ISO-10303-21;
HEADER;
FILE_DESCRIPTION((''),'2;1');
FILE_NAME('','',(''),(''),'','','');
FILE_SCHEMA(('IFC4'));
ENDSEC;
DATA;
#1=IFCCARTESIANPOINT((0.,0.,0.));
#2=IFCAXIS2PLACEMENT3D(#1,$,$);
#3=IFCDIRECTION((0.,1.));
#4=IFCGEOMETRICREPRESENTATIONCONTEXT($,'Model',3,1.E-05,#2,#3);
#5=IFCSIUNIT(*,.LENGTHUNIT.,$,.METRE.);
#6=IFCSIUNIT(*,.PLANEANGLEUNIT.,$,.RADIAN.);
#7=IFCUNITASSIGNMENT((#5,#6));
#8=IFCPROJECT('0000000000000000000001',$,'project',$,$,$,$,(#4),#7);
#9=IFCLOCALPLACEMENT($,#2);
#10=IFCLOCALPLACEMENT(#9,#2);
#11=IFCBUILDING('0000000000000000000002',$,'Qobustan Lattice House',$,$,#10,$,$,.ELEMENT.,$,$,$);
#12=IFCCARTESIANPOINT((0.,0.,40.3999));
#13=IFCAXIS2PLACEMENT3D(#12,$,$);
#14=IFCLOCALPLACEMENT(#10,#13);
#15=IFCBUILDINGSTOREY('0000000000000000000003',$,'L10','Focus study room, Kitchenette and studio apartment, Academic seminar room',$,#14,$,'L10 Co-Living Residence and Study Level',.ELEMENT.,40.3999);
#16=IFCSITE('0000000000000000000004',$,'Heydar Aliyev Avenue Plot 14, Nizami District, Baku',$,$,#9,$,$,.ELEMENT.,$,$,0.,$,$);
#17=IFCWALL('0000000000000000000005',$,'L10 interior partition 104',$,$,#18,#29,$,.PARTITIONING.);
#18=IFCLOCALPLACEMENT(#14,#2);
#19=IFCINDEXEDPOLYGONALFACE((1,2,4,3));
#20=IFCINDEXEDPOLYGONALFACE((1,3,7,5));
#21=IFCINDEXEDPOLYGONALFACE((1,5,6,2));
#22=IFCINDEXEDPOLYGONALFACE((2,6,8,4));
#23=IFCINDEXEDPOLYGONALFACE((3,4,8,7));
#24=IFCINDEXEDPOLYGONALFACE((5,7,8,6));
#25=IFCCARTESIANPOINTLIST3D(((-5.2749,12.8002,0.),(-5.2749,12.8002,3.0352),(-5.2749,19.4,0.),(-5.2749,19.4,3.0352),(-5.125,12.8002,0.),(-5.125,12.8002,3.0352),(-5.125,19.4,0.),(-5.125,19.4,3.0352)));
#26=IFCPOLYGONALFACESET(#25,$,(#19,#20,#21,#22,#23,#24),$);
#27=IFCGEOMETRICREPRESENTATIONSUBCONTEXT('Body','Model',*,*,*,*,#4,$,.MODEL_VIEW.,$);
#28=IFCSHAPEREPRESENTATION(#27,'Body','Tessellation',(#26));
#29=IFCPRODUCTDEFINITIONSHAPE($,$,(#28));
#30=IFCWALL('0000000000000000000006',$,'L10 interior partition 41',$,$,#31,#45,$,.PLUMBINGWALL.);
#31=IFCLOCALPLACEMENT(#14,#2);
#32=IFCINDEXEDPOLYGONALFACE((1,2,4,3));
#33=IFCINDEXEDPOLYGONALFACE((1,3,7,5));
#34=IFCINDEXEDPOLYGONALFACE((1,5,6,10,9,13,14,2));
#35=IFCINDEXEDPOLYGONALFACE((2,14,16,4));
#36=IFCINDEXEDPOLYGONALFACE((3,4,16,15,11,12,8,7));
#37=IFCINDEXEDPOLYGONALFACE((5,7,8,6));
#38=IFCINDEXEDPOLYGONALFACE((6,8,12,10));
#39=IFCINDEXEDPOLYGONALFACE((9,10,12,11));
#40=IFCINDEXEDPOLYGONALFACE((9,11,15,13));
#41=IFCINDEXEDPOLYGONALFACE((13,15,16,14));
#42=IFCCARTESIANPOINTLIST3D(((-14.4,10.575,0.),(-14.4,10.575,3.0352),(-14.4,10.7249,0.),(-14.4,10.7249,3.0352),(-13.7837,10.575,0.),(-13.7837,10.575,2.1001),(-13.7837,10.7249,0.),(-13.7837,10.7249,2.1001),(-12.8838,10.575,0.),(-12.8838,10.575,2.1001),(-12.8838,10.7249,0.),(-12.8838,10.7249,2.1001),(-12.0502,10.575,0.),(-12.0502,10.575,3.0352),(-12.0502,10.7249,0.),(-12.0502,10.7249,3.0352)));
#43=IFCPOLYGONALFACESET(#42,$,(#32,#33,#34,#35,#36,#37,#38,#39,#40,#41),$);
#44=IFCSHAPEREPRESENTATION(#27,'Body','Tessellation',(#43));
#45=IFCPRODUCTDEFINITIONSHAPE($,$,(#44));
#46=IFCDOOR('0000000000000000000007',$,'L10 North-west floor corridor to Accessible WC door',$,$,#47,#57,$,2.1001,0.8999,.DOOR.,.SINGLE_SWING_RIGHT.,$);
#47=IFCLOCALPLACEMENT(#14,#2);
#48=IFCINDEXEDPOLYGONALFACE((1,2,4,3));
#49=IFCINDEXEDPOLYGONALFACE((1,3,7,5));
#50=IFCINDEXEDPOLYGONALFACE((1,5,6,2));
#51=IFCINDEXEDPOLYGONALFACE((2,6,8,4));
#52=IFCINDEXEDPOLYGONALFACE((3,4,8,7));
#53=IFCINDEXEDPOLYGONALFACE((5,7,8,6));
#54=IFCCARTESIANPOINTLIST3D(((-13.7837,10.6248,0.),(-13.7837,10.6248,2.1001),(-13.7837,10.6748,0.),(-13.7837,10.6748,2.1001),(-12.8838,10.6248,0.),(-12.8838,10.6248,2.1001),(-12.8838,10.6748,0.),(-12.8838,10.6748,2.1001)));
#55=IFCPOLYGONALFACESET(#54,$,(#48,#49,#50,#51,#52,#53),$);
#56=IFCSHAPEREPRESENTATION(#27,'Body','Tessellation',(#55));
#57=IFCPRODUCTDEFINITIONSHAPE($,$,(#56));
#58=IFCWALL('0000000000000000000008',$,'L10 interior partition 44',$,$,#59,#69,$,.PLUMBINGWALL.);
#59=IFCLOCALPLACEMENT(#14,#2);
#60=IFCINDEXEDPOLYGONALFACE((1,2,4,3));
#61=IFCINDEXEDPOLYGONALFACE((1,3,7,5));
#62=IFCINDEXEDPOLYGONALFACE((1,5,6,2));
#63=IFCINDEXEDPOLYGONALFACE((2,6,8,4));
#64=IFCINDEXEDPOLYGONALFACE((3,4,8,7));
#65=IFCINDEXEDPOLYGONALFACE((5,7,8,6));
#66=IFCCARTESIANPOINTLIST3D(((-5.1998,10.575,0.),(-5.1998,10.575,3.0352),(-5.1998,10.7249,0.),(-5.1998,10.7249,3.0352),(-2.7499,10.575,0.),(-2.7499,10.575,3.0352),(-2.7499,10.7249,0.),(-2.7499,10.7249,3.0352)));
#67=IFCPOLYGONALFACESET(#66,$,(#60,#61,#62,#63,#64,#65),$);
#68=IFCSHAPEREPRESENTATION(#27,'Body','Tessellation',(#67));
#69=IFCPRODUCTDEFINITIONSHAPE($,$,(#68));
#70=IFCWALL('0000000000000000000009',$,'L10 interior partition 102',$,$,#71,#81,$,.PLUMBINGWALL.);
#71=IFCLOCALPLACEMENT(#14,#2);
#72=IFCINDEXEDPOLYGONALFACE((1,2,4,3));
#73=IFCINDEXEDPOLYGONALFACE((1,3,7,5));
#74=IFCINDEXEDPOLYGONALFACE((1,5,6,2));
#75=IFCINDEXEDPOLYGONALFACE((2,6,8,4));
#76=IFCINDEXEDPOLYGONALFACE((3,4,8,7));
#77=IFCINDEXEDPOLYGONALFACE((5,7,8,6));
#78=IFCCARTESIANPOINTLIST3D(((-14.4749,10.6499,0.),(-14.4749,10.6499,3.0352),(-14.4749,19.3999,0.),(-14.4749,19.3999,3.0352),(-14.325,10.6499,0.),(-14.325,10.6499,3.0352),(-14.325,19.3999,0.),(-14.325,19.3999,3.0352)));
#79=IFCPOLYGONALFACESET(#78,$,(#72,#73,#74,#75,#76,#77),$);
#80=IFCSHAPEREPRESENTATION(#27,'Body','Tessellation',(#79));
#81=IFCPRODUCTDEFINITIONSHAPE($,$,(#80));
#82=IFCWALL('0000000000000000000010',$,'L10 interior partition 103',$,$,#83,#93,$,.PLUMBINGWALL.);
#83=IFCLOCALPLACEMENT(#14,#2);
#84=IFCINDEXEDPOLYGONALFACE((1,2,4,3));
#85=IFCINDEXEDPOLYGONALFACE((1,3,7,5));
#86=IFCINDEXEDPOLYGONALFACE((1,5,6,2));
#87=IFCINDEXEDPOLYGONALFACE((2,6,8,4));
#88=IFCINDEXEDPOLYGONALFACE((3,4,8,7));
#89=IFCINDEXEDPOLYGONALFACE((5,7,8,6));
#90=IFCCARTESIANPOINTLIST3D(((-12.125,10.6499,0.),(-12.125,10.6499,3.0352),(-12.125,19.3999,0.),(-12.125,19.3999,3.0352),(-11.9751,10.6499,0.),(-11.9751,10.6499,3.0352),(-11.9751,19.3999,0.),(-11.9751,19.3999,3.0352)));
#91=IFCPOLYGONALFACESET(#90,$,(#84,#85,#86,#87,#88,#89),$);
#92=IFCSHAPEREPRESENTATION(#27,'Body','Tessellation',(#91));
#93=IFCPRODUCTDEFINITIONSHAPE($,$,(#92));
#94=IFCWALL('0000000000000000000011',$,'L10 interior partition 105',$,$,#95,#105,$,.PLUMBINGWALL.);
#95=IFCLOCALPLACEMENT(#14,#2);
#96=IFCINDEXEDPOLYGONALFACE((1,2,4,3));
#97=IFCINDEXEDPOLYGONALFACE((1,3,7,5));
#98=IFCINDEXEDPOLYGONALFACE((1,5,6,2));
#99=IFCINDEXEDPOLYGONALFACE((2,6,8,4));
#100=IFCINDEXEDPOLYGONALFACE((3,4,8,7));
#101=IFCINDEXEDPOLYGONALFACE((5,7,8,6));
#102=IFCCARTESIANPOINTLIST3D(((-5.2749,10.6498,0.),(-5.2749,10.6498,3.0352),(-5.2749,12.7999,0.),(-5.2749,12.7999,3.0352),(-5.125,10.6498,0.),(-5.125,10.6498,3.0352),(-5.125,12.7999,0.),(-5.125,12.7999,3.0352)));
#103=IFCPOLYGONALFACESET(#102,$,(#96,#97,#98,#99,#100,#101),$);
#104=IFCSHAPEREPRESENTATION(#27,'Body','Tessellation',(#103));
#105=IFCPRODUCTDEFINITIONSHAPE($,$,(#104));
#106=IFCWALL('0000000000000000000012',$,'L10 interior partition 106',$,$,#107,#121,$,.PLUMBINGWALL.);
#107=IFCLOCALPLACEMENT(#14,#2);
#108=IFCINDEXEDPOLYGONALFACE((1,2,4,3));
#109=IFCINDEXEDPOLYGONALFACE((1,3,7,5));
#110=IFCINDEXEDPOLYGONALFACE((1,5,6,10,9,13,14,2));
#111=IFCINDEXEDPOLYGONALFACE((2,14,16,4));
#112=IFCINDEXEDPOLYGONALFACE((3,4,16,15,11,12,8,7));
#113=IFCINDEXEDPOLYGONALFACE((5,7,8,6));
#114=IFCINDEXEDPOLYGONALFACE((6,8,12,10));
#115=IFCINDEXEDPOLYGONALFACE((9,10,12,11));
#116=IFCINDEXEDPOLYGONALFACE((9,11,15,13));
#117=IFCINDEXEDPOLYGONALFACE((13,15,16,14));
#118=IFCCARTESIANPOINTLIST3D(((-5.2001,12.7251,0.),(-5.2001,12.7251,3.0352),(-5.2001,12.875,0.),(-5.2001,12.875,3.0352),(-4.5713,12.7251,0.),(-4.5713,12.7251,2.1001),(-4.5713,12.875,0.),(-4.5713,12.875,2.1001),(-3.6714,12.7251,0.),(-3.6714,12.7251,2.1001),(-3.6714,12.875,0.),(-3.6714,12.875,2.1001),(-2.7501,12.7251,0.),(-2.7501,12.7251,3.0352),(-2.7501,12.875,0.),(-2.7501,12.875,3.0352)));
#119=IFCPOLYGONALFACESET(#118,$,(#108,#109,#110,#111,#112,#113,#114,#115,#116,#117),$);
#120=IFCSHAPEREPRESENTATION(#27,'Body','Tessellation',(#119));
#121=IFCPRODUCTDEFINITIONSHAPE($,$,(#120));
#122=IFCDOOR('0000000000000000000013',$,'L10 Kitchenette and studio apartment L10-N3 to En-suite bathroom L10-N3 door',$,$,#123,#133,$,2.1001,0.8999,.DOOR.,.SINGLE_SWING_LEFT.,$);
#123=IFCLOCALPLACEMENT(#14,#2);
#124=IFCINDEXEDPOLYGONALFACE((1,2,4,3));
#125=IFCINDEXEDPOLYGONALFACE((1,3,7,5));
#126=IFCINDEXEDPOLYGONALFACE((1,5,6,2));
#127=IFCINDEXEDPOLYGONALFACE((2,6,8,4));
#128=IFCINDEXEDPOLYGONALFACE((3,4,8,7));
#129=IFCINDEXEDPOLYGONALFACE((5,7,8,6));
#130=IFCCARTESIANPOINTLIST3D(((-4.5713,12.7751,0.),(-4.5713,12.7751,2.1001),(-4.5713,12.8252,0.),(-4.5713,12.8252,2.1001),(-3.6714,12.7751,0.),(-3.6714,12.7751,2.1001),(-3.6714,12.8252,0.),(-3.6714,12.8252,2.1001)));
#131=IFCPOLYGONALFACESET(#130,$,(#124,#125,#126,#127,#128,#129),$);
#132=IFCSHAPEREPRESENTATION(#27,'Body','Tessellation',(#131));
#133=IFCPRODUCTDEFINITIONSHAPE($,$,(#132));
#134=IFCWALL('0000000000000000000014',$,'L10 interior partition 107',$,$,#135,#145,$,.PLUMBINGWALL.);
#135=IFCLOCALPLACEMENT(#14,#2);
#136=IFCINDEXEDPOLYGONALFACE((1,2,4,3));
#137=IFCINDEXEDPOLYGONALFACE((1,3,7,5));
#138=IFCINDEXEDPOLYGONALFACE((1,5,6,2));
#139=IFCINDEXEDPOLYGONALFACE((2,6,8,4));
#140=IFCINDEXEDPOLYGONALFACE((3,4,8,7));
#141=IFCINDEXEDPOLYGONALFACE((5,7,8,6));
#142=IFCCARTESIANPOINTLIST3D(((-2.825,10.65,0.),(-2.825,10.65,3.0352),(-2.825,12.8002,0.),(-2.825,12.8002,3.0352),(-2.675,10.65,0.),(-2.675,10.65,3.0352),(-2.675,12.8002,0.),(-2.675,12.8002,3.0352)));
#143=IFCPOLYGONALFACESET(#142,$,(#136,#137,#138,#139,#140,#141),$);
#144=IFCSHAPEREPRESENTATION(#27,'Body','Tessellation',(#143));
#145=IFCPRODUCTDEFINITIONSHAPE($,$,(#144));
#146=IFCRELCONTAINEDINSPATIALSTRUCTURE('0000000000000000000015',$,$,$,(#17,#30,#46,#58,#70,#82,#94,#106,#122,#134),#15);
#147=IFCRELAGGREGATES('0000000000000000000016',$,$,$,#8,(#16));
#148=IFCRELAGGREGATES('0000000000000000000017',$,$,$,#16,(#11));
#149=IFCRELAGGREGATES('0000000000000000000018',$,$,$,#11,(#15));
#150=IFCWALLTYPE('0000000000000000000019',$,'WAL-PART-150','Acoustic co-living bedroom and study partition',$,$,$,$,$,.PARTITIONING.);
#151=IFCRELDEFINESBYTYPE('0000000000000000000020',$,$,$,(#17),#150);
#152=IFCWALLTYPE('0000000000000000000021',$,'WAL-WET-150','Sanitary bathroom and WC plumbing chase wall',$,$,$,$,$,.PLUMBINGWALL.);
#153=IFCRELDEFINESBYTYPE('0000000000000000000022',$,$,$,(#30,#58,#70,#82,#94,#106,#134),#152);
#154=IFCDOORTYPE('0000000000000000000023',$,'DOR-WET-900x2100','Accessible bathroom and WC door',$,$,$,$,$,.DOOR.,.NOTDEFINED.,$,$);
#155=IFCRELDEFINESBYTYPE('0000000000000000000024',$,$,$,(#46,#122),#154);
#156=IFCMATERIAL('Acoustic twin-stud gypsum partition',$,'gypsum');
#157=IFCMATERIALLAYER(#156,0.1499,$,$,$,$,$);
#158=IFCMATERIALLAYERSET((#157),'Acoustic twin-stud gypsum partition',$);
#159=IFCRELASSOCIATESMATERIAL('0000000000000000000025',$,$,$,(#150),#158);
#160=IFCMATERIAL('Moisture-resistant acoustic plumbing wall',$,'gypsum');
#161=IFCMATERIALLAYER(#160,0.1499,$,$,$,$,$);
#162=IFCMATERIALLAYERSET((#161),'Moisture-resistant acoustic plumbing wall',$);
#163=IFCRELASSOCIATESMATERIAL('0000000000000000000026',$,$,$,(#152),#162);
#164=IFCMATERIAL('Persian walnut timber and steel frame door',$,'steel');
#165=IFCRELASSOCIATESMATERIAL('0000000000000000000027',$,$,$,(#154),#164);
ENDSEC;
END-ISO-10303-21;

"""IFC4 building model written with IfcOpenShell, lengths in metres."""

from ifc_helpers import new_model, si_unit, direction, frame, frame_2d, origin, place, context, subcontext, project, spatial, rectangle, extrude, material, layer, layer_set, type_object, element, fill, save


model = new_model("IFC4")

# Units and contexts
model_context = context("Model", 3, precision=1e-05, world=origin(), true_north=direction((0.0, 1.0)))
body_context = subcontext(model_context, "Body", "Model", "MODEL_VIEW")
ifc_project = project(units=[si_unit("LENGTHUNIT", "METRE"), si_unit("PLANEANGLEUNIT", "RADIAN")], contexts=[model_context])

# Site, building, storey
site_placement = place(None, origin())
site = spatial("IfcSite", under=ifc_project, at=site_placement, Name="Heydar Aliyev Avenue Plot 14, Nizami District, Baku", CompositionType="ELEMENT", RefElevation=0.0)
building_placement = place(site_placement, origin())
building = spatial("IfcBuilding", under=site, at=building_placement, Name="Qobustan Lattice House", CompositionType="ELEMENT")
storey_placement = place(building_placement, frame((0.0, 0.0, 40.3999)))
storey = spatial("IfcBuildingStorey", under=building, at=storey_placement, Name="L10", Description="Focus study room, Kitchenette and studio apartment, Academic seminar room", LongName="L10 Co-Living Residence and Study Level", CompositionType="ELEMENT", Elevation=40.3999)

# Shared definitions
ifc_material_1 = material(Name="Acoustic twin-stud gypsum partition", Category="gypsum")
ifc_layer_1 = layer(ifc_material_1, 0.1499)
ifc_layer_set_1 = layer_set([ifc_layer_1], Name="Acoustic twin-stud gypsum partition")
wall_type_1 = type_object("IfcWallType", Name="WAL-PART-150", Description="Acoustic co-living bedroom and study partition", PredefinedType="PARTITIONING", material=ifc_layer_set_1)

# Wall
wall_1_placement = place(storey_placement, frame((-5.2, 19.3999, 0.0), z_axis=(0.0, 0.0, 1.0), x_axis=(0.0, -1.0, 0.0)))
element("IfcWall", 1, at=wall_1_placement, inside=storey, type_object=wall_type_1, Name="L10 interior partition 104", PredefinedType="PARTITIONING", context=body_context, shape_type="SweptSolid", body=[
    extrude(rectangle(XDim=6.5999, YDim=0.1499, at=frame_2d((3.2998, 0.0))), origin(), (0.0, 0.0, 1.0), 3.0352),
])

# Wall, opening, door
ifc_material_2 = material(Name="Moisture-resistant acoustic plumbing wall", Category="gypsum")
ifc_layer_2 = layer(ifc_material_2, 0.1499)
ifc_layer_set_2 = layer_set([ifc_layer_2], Name="Moisture-resistant acoustic plumbing wall")
wall_type_2 = type_object("IfcWallType", Name="WAL-WET-150", Description="Sanitary bathroom and WC plumbing chase wall", PredefinedType="PLUMBINGWALL", material=ifc_layer_set_2)
wall_2_placement = place(storey_placement, frame((-14.3999, 10.6499, 0.0), z_axis=(0.0, 0.0, 1.0), x_axis=(1.0, 0.0, 0.0)))
wall_2 = element("IfcWall", 2, at=wall_2_placement, inside=storey, type_object=wall_type_2, Name="L10 interior partition 41", PredefinedType="PLUMBINGWALL", context=body_context, shape_type="SweptSolid", body=[
    extrude(rectangle(XDim=2.3499, YDim=0.1499, at=frame_2d((1.1748, 0.0))), origin(), (0.0, 0.0, 1.0), 3.0352),
])
opening_1_placement = place(wall_2_placement, frame((0.6162, 0.0, 0.0)))
opening_1 = element("IfcOpeningElement", 3, at=opening_1_placement, cuts=wall_2, PredefinedType="OPENING", context=body_context, shape_type="SweptSolid", body=[
    extrude(rectangle(XDim=0.8999, YDim=2.1001, at=frame_2d((0.45, 1.05))), frame((0.0, 0.085, 0.0), z_axis=(0.0, -1.0, 0.0), x_axis=(1.0, 0.0, 0.0)), (0.0, 0.0, 1.0), 0.1699),
])
ifc_material_3 = material(Name="Persian walnut timber and steel frame door", Category="steel")
door_type_1 = type_object("IfcDoorType", Name="DOR-WET-900x2100", Description="Accessible bathroom and WC door", OperationType="NOTDEFINED", PredefinedType="DOOR", material=ifc_material_3)
door_1_placement = place(opening_1_placement, origin())
door_1 = element("IfcDoor", 4, at=door_1_placement, inside=storey, type_object=door_type_1, Name="L10 North-west floor corridor to Accessible WC door", OperationType="SINGLE_SWING_RIGHT", OverallHeight=2.1001, OverallWidth=0.8999, PredefinedType="DOOR", context=body_context, shape_type="SweptSolid", body=[
    extrude(rectangle(XDim=0.8999, YDim=2.1001, at=frame_2d((0.45, 1.05))), frame((0.0, 0.0249, 0.0), z_axis=(0.0, -1.0, 0.0), x_axis=(1.0, 0.0, 0.0)), (0.0, 0.0, 1.0), 0.05),
])
fill(opening_1, door_1)

# Walls
wall_3_placement = place(storey_placement, frame((-5.2, 10.6499, 0.0), z_axis=(0.0, 0.0, 1.0), x_axis=(1.0, 0.0, 0.0)))
element("IfcWall", 5, at=wall_3_placement, inside=storey, type_object=wall_type_2, Name="L10 interior partition 44", PredefinedType="PLUMBINGWALL", context=body_context, shape_type="SweptSolid", body=[
    extrude(rectangle(XDim=2.45, YDim=0.1499, at=frame_2d((1.2251, 0.0))), origin(), (0.0, 0.0, 1.0), 3.0352),
])
for number, where, z_axis, x_axis, name in (
    (6, (-14.3999, 19.3999, 0.0), (0.0, 0.0, 1.0), (0.0, -1.0, 0.0), "L10 interior partition 102"),
    (7, (-12.05, 19.3999, 0.0), (0.0, 0.0, 1.0), (0.0, -1.0, 0.0), "L10 interior partition 103"),
):
    element("IfcWall", number, at=place(storey_placement, frame(where, z_axis=z_axis, x_axis=x_axis)), inside=storey, type_object=wall_type_2, Name=name, PredefinedType="PLUMBINGWALL", context=body_context, shape_type="SweptSolid", body=[
        extrude(rectangle(XDim=8.75, YDim=0.1499, at=frame_2d((4.375, 0.0))), origin(), (0.0, 0.0, 1.0), 3.0352),
    ])
wall_4_placement = place(storey_placement, frame((-5.2, 12.8, 0.0), z_axis=(0.0, 0.0, 1.0), x_axis=(0.0, -1.0, 0.0)))
element("IfcWall", 8, at=wall_4_placement, inside=storey, type_object=wall_type_2, Name="L10 interior partition 105", PredefinedType="PLUMBINGWALL", context=body_context, shape_type="SweptSolid", body=[
    extrude(rectangle(XDim=2.1501, YDim=0.1499, at=frame_2d((1.0752, 0.0))), origin(), (0.0, 0.0, 1.0), 3.0352),
])

# Wall, opening, door
wall_5_placement = place(storey_placement, frame((-2.75, 12.8, 0.0), z_axis=(0.0, 0.0, 1.0), x_axis=(-1.0, 0.0, 0.0)))
wall_5 = element("IfcWall", 9, at=wall_5_placement, inside=storey, type_object=wall_type_2, Name="L10 interior partition 106", PredefinedType="PLUMBINGWALL", context=body_context, shape_type="SweptSolid", body=[
    extrude(rectangle(XDim=2.45, YDim=0.1499, at=frame_2d((1.2251, 0.0))), origin(), (0.0, 0.0, 1.0), 3.0352),
])
opening_2_placement = place(wall_5_placement, frame((0.9214, 0.0, 0.0)))
opening_2 = element("IfcOpeningElement", 10, at=opening_2_placement, cuts=wall_5, PredefinedType="OPENING", context=body_context, shape_type="SweptSolid", body=[
    extrude(rectangle(XDim=0.8999, YDim=2.1001, at=frame_2d((0.45, 1.05))), frame((0.0, 0.085, 0.0), z_axis=(0.0, -1.0, 0.0), x_axis=(1.0, 0.0, 0.0)), (0.0, 0.0, 1.0), 0.1699),
])
door_2_placement = place(opening_2_placement, origin())
door_2 = element("IfcDoor", 11, at=door_2_placement, inside=storey, type_object=door_type_1, Name="L10 Kitchenette and studio apartment L10-N3 to En-suite bathroom L10-N3 door", OperationType="SINGLE_SWING_LEFT", OverallHeight=2.1001, OverallWidth=0.8999, PredefinedType="DOOR", context=body_context, shape_type="SweptSolid", body=[
    extrude(rectangle(XDim=0.8999, YDim=2.1001, at=frame_2d((0.45, 1.05))), frame((0.0, 0.0249, 0.0), z_axis=(0.0, -1.0, 0.0), x_axis=(1.0, 0.0, 0.0)), (0.0, 0.0, 1.0), 0.05),
])
fill(opening_2, door_2)

# Wall
wall_6_placement = place(storey_placement, frame((-2.75, 10.6499, 0.0), z_axis=(0.0, 0.0, 1.0), x_axis=(0.0, 1.0, 0.0)))
element("IfcWall", 12, at=wall_6_placement, inside=storey, type_object=wall_type_2, Name="L10 interior partition 107", PredefinedType="PLUMBINGWALL", context=body_context, shape_type="SweptSolid", body=[
    extrude(rectangle(XDim=2.1501, YDim=0.1499, at=frame_2d((1.0752, 0.0))), origin(), (0.0, 0.0, 1.0), 3.0352),
])

save(model, "model.ifc")
